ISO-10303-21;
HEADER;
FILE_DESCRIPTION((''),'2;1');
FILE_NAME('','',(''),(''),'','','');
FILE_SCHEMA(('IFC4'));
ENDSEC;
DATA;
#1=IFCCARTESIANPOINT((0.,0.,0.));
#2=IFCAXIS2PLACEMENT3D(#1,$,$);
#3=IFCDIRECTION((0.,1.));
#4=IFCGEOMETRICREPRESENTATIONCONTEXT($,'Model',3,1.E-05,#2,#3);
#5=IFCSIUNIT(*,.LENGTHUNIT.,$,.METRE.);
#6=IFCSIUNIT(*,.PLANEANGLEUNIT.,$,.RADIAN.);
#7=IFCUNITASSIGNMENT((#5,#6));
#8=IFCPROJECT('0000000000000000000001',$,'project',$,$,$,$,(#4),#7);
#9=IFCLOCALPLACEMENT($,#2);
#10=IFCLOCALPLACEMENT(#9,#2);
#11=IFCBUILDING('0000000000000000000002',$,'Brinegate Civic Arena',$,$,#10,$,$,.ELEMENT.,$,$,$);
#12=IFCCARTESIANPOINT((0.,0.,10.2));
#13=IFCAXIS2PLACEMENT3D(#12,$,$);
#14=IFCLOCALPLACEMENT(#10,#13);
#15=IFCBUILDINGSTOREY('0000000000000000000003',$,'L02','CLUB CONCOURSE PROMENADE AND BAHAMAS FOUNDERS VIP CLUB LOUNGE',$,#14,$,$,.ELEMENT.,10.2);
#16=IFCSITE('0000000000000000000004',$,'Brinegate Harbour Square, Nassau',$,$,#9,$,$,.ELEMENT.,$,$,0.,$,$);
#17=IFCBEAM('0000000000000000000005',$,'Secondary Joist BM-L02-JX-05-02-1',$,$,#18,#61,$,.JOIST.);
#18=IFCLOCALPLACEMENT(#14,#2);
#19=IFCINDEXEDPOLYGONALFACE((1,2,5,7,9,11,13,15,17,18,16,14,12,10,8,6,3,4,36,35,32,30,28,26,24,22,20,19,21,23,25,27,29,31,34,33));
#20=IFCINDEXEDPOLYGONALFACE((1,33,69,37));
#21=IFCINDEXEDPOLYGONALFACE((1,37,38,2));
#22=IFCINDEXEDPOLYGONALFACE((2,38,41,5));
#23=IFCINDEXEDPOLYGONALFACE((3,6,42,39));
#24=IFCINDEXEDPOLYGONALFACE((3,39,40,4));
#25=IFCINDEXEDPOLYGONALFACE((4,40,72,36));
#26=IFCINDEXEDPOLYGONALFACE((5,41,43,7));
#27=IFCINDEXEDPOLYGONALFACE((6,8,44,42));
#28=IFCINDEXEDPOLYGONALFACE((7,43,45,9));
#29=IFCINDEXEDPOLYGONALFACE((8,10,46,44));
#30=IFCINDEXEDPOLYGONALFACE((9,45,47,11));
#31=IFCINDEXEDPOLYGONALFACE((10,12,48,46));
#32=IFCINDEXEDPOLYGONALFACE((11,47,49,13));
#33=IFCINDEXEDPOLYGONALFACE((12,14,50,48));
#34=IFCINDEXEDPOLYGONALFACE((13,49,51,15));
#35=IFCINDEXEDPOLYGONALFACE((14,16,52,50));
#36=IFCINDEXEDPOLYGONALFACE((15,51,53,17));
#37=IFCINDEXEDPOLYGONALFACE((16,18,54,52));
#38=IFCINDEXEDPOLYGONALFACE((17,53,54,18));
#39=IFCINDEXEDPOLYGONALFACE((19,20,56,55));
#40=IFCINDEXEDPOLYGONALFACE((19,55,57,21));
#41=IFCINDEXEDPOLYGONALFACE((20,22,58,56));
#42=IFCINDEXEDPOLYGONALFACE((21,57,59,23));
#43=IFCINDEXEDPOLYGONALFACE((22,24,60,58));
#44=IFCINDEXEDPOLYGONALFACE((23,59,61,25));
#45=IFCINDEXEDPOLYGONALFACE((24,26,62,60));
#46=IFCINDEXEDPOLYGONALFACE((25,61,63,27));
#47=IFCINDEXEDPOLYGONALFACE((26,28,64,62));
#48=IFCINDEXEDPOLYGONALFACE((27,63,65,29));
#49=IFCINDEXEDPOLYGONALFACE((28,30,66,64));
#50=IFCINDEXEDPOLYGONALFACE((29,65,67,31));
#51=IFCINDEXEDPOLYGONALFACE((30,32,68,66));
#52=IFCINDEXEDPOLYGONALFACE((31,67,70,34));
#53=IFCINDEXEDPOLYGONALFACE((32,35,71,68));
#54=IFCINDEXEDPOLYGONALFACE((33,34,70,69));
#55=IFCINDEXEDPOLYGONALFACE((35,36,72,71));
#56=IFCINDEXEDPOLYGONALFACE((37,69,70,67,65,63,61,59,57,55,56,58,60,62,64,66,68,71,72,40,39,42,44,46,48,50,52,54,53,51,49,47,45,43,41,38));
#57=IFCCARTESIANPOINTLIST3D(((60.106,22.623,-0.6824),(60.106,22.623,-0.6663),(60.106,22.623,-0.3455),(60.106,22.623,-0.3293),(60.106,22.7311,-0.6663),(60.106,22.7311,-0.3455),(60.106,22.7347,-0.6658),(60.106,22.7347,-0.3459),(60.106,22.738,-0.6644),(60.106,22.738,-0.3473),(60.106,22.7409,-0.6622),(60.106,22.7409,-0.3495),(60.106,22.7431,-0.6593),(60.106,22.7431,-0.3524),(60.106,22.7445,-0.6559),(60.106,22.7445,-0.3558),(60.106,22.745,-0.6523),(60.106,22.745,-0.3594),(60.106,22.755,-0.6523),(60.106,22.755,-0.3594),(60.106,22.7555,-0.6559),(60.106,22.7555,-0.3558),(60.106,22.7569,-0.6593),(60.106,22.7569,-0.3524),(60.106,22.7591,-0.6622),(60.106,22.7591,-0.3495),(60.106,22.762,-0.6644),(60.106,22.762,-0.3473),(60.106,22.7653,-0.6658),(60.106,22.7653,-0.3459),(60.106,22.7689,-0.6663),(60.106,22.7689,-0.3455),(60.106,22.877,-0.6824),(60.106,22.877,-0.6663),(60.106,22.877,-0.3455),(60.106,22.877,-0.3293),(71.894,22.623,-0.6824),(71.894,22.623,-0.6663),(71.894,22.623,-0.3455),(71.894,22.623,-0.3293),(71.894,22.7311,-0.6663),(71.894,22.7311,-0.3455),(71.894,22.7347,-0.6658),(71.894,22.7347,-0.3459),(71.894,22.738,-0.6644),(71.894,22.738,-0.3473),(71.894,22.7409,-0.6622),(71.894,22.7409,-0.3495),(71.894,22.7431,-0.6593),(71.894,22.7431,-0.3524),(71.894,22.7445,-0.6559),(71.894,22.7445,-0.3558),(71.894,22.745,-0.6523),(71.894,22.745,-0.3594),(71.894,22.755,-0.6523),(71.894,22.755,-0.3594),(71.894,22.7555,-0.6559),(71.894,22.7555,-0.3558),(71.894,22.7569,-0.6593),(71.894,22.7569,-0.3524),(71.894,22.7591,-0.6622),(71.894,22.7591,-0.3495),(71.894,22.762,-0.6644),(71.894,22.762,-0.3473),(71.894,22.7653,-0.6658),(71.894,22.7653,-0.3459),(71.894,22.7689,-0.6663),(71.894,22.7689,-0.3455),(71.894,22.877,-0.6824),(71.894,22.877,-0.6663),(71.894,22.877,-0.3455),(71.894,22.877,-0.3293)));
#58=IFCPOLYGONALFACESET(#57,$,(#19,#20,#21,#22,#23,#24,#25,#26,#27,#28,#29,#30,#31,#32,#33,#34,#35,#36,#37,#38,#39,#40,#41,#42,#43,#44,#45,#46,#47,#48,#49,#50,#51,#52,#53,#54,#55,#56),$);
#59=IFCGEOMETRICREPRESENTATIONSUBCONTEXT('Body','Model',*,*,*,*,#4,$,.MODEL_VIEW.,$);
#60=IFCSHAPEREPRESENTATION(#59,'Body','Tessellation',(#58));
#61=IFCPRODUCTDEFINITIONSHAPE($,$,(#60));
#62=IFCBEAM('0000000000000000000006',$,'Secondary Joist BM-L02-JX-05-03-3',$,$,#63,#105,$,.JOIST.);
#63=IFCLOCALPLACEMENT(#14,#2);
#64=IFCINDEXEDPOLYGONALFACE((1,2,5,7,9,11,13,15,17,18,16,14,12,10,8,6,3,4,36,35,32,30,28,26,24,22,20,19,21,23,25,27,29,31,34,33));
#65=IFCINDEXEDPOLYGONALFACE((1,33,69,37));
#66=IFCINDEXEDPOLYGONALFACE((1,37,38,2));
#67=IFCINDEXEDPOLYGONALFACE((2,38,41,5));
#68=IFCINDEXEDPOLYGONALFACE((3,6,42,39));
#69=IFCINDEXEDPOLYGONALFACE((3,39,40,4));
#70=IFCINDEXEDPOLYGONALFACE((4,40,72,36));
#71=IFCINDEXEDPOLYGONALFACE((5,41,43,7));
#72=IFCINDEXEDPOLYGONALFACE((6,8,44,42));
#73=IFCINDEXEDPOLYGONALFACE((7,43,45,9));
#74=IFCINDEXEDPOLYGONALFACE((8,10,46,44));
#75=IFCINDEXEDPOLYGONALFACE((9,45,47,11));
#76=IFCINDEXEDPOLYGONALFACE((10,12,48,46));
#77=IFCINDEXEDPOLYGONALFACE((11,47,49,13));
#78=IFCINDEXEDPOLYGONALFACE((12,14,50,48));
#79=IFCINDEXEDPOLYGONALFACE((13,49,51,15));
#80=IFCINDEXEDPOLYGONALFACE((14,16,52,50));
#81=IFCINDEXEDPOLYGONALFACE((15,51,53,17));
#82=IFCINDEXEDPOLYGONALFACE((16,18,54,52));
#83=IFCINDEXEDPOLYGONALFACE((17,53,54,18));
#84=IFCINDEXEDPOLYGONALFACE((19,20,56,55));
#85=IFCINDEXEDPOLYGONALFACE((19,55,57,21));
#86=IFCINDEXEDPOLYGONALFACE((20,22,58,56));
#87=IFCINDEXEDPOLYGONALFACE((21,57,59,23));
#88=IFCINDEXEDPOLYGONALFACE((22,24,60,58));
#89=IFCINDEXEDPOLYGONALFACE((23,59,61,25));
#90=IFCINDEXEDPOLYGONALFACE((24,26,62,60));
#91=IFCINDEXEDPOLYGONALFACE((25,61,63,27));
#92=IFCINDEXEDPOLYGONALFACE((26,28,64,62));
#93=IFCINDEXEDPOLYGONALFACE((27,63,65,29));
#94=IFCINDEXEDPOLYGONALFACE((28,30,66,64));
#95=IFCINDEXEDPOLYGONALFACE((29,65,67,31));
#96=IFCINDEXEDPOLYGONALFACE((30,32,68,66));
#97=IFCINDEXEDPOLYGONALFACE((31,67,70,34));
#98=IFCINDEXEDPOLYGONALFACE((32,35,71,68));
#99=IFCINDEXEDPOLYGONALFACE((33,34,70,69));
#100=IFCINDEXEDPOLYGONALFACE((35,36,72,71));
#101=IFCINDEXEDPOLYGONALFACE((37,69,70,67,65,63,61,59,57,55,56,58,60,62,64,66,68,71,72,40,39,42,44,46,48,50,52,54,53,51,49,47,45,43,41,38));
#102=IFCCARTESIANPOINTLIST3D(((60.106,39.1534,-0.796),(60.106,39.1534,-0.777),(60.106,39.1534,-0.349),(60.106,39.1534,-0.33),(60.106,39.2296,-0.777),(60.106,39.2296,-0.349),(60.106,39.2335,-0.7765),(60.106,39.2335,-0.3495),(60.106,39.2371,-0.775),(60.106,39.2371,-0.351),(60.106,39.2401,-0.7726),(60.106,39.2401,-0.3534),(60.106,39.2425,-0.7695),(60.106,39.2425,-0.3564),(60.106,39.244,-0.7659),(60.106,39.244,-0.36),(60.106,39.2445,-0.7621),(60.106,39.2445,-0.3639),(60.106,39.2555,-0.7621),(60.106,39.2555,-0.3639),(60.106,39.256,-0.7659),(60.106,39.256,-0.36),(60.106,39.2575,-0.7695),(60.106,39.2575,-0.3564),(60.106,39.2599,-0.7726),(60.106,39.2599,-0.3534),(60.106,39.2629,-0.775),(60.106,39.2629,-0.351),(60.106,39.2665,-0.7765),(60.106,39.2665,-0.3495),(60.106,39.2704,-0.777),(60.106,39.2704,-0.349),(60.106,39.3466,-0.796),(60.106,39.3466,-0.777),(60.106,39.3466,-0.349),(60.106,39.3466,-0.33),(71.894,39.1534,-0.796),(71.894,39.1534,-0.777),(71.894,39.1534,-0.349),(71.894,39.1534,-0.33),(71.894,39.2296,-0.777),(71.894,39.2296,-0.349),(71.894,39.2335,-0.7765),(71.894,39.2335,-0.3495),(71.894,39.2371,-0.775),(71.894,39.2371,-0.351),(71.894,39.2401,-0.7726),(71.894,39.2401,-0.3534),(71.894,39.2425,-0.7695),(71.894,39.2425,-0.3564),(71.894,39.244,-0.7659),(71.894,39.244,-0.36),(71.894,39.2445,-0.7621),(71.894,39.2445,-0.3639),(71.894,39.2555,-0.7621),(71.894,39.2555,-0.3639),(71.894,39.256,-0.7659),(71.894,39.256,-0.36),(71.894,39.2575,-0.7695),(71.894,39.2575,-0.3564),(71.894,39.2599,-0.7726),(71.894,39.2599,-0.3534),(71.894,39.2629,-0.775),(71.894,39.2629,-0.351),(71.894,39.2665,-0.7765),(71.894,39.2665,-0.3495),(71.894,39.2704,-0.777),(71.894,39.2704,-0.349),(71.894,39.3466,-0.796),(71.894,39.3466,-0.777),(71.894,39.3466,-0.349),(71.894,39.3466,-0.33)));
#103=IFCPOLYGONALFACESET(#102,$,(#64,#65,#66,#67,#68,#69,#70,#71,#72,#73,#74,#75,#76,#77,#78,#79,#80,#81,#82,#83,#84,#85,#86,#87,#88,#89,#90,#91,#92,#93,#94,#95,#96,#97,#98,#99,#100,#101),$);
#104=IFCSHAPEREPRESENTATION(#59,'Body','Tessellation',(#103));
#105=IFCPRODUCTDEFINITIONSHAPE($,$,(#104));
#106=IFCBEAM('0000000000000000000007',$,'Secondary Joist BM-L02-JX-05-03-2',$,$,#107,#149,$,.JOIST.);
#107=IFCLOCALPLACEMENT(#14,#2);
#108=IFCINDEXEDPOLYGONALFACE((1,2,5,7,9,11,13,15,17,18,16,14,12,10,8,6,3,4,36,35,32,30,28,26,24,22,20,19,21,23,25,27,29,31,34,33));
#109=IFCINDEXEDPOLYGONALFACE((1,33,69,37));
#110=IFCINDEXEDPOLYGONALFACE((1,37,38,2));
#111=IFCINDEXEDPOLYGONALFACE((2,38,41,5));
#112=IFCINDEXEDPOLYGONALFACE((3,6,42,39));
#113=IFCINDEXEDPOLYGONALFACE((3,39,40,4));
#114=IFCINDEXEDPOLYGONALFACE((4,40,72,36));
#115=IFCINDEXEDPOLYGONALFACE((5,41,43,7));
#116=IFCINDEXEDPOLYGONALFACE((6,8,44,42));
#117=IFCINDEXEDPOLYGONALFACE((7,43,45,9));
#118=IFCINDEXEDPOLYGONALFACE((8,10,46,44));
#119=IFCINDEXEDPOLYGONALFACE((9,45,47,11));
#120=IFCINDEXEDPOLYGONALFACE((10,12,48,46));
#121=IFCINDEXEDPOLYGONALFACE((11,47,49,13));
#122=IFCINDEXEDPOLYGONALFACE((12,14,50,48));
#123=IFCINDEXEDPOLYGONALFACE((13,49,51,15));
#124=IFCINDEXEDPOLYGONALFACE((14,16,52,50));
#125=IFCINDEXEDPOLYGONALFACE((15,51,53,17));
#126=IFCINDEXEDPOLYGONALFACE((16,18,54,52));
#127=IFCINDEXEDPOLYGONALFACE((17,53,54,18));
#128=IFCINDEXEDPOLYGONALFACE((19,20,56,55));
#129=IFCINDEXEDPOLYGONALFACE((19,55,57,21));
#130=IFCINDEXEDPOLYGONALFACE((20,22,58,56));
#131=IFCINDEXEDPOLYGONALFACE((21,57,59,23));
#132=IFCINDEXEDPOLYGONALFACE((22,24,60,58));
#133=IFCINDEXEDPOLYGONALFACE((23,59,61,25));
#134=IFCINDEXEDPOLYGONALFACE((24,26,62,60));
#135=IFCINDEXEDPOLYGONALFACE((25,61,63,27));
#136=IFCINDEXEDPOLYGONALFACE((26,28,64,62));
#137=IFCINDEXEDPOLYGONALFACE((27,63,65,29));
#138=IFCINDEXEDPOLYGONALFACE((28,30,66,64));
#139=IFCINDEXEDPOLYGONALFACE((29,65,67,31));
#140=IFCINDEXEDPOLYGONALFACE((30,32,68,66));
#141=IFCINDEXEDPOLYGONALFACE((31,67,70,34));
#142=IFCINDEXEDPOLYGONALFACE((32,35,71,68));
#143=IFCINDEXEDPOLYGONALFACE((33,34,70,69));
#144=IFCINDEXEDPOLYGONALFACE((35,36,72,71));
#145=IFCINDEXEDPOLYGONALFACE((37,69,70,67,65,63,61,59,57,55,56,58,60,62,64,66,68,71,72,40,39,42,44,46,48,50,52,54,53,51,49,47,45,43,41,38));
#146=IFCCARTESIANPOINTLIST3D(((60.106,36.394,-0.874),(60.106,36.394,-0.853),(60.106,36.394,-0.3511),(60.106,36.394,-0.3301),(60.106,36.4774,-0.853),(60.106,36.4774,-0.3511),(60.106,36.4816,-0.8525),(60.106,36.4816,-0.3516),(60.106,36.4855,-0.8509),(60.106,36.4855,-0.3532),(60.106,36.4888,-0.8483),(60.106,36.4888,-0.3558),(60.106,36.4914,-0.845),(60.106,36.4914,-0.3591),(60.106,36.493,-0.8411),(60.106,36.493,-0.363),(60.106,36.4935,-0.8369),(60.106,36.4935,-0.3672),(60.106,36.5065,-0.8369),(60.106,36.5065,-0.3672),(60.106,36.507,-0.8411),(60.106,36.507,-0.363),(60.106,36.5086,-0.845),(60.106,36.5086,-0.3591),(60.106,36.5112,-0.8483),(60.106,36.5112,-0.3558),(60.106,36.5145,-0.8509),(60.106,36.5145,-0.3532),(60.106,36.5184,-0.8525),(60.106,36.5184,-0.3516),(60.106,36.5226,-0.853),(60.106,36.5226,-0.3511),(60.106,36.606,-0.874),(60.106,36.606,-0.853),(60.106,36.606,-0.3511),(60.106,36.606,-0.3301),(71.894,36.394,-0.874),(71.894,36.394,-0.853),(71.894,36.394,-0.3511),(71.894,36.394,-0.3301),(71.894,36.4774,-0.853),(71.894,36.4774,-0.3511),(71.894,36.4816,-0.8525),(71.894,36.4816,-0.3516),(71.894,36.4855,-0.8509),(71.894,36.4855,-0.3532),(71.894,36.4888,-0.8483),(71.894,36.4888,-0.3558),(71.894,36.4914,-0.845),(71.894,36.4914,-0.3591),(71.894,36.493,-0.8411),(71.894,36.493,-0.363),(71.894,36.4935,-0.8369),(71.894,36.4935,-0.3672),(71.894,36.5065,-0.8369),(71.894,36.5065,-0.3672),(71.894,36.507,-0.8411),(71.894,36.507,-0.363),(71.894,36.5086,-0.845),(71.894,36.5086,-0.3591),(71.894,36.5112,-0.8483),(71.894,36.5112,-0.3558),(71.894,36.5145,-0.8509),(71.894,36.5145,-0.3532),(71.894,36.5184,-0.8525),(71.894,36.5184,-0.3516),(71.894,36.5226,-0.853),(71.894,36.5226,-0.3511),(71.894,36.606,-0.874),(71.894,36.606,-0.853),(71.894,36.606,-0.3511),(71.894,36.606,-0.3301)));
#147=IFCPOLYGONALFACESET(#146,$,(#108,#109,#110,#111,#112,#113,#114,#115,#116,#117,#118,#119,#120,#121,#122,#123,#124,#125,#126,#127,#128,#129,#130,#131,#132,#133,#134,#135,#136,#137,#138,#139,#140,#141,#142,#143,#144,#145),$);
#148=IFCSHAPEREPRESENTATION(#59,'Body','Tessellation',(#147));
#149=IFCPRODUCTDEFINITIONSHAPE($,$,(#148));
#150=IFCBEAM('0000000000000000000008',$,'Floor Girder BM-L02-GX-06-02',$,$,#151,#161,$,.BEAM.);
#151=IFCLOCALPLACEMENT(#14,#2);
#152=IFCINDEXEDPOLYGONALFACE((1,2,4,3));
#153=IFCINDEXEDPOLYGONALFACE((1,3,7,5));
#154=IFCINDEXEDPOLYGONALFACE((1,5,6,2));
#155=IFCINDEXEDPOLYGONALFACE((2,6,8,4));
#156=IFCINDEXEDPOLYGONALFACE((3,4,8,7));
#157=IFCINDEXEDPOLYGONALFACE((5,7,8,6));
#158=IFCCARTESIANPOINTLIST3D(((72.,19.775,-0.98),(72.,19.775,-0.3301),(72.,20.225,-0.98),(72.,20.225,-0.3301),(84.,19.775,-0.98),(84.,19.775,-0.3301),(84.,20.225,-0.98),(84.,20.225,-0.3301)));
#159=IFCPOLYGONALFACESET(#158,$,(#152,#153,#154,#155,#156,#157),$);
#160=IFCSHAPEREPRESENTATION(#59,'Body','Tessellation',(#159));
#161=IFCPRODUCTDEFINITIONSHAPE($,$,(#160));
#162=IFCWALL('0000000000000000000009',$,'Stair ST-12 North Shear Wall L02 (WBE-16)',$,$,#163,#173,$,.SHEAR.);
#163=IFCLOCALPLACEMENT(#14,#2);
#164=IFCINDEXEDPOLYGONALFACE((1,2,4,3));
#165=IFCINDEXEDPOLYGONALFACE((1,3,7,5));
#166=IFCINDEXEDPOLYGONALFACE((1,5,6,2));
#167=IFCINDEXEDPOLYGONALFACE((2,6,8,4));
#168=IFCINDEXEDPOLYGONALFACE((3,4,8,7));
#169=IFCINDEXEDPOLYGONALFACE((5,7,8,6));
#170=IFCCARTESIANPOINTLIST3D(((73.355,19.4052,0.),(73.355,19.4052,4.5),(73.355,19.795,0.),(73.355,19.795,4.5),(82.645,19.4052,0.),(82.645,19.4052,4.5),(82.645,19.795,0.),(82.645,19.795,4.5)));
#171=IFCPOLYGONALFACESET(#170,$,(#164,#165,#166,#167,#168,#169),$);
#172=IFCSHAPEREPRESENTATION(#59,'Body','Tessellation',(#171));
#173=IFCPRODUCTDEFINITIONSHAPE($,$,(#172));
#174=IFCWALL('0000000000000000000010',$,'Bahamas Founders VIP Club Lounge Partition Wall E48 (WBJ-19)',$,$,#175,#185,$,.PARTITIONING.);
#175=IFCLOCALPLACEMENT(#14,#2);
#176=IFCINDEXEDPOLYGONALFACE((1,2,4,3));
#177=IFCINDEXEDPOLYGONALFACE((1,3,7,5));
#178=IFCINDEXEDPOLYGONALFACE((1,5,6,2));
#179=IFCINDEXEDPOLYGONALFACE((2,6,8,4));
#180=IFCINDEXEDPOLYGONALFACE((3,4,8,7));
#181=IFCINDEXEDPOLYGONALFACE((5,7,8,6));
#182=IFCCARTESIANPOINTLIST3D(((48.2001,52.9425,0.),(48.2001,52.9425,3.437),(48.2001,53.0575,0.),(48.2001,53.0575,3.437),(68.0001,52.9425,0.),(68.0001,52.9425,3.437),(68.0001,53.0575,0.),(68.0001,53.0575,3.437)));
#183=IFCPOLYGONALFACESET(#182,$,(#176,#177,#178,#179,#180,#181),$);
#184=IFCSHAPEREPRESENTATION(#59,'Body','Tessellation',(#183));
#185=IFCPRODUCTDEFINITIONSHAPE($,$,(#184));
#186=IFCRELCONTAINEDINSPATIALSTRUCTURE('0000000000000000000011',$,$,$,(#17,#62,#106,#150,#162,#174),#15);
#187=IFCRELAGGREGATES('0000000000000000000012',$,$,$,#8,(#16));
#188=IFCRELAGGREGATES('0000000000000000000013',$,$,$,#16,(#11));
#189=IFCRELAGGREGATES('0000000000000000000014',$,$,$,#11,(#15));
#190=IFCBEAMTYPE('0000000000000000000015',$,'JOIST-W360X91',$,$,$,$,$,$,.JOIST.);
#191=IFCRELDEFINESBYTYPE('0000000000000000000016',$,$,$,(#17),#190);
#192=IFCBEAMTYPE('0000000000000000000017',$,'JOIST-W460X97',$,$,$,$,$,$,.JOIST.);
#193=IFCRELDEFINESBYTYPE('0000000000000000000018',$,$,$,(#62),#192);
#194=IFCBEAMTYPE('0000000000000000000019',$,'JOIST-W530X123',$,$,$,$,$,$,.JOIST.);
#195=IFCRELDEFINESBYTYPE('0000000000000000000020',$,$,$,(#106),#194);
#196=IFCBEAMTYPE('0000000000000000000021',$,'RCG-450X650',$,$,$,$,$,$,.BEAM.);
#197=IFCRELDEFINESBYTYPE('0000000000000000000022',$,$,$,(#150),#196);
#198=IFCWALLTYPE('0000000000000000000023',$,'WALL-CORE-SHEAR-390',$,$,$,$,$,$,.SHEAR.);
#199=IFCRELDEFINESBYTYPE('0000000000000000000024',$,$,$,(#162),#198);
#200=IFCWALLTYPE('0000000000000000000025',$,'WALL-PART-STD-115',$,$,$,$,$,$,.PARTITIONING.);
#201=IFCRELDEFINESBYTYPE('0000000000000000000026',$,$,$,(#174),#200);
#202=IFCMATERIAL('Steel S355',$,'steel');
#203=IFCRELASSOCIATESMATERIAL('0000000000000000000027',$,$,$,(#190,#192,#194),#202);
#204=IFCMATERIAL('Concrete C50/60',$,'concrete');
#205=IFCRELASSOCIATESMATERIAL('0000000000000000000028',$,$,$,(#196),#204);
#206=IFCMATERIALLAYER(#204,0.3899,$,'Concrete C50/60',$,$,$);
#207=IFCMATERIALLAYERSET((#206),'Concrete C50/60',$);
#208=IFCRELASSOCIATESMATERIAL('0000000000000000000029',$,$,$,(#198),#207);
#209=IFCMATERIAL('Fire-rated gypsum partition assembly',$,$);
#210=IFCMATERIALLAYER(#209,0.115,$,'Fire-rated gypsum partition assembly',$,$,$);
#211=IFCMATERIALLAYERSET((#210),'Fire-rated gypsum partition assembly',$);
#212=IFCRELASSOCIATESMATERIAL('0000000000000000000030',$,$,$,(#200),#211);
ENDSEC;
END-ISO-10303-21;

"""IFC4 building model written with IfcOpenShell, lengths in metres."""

from ifc_helpers import new_model, si_unit, direction, frame, frame_2d, origin, origin_2d, place, context, subcontext, project, spatial, rectangle, i_section, extrude, material, layer, layer_set, material_profile, profile_set, type_object, element, save


model = new_model("IFC4")

# Units and contexts
model_context = context("Model", 3, precision=1e-05, world=origin(), true_north=direction((0.0, 1.0)))
body_context = subcontext(model_context, "Body", "Model", "MODEL_VIEW")
ifc_project = project(units=[si_unit("LENGTHUNIT", "METRE"), si_unit("PLANEANGLEUNIT", "RADIAN")], contexts=[model_context])

# Site, building, storey
site_placement = place(None, origin())
site = spatial("IfcSite", under=ifc_project, at=site_placement, Name="Brinegate Harbour Square, Nassau", CompositionType="ELEMENT", RefElevation=0.0)
building_placement = place(site_placement, origin())
building = spatial("IfcBuilding", under=site, at=building_placement, Name="Brinegate Civic Arena", CompositionType="ELEMENT")
storey_placement = place(building_placement, frame((0.0, 0.0, 10.2)))
storey = spatial("IfcBuildingStorey", under=building, at=storey_placement, Name="L02", Description="CLUB CONCOURSE PROMENADE AND BAHAMAS FOUNDERS VIP CLUB LOUNGE", CompositionType="ELEMENT", Elevation=10.2)

# Shared definitions
ifc_material_1 = material(Name="Concrete C50/60", Category="concrete")

# Beams
ifc_material_2 = material(Name="Steel S355", Category="steel")
ifc_material_profile_1 = material_profile(ifc_material_2, i_section(OverallWidth=0.2539, OverallDepth=0.353, WebThickness=0.01, FlangeThickness=0.0161, FilletRadius=0.0139, at=origin_2d()), Name="W360X91")
ifc_profile_set_1 = profile_set([ifc_material_profile_1], Name="Steel S355")
beam_type_1 = type_object("IfcBeamType", Name="JOIST-W360X91", PredefinedType="JOIST", material=ifc_profile_set_1)
beam_1_placement = place(storey_placement, frame((60.106, 22.75, -0.5059), z_axis=(1.0, 0.0, 0.0), x_axis=(0.0, 1.0, 0.0)))
element("IfcBeam", 1, at=beam_1_placement, inside=storey, type_object=beam_type_1, Name="Secondary Joist BM-L02-JX-05-02-1", PredefinedType="JOIST", context=body_context, shape_type="SweptSolid", body=[
    extrude(i_section(OverallWidth=0.2539, OverallDepth=0.353, WebThickness=0.01, FlangeThickness=0.0161, FilletRadius=0.0139, at=origin_2d()), origin(), (0.0, 0.0, 1.0), 11.7881),
])
ifc_material_profile_2 = material_profile(ifc_material_2, i_section(OverallWidth=0.1931, OverallDepth=0.4661, WebThickness=0.011, FlangeThickness=0.019, FilletRadius=0.0149, at=origin_2d()), Name="W460X97")
ifc_profile_set_2 = profile_set([ifc_material_profile_2], Name="Steel S355")
beam_type_2 = type_object("IfcBeamType", Name="JOIST-W460X97", PredefinedType="JOIST", material=ifc_profile_set_2)
beam_2_placement = place(storey_placement, frame((60.106, 39.25, -0.563), z_axis=(1.0, 0.0, 0.0), x_axis=(0.0, 1.0, 0.0)))
element("IfcBeam", 2, at=beam_2_placement, inside=storey, type_object=beam_type_2, Name="Secondary Joist BM-L02-JX-05-03-3", PredefinedType="JOIST", context=body_context, shape_type="SweptSolid", body=[
    extrude(i_section(OverallWidth=0.1931, OverallDepth=0.4661, WebThickness=0.011, FlangeThickness=0.019, FilletRadius=0.0149, at=origin_2d()), origin(), (0.0, 0.0, 1.0), 11.7881),
])
ifc_material_profile_3 = material_profile(ifc_material_2, i_section(OverallWidth=0.2119, OverallDepth=0.5439, WebThickness=0.0129, FlangeThickness=0.021, FilletRadius=0.0161, at=origin_2d()), Name="W530X123")
ifc_profile_set_3 = profile_set([ifc_material_profile_3], Name="Steel S355")
beam_type_3 = type_object("IfcBeamType", Name="JOIST-W530X123", PredefinedType="JOIST", material=ifc_profile_set_3)
beam_3_placement = place(storey_placement, frame((60.106, 36.5, -0.6021), z_axis=(1.0, 0.0, 0.0), x_axis=(0.0, 1.0, 0.0)))
element("IfcBeam", 3, at=beam_3_placement, inside=storey, type_object=beam_type_3, Name="Secondary Joist BM-L02-JX-05-03-2", PredefinedType="JOIST", context=body_context, shape_type="SweptSolid", body=[
    extrude(i_section(OverallWidth=0.2119, OverallDepth=0.5439, WebThickness=0.0129, FlangeThickness=0.021, FilletRadius=0.0161, at=origin_2d()), origin(), (0.0, 0.0, 1.0), 11.7881),
])
ifc_material_profile_4 = material_profile(ifc_material_1, rectangle(XDim=0.45, YDim=0.6499, at=origin_2d()), Name="RCB450X650")
ifc_profile_set_4 = profile_set([ifc_material_profile_4], Name="Concrete C50/60")
beam_type_4 = type_object("IfcBeamType", Name="RCG-450X650", PredefinedType="BEAM", material=ifc_profile_set_4)
beam_4_placement = place(storey_placement, frame((72.0, 20.0, -0.655), z_axis=(1.0, 0.0, 0.0), x_axis=(0.0, 1.0, 0.0)))
element("IfcBeam", 4, at=beam_4_placement, inside=storey, type_object=beam_type_4, Name="Floor Girder BM-L02-GX-06-02", PredefinedType="BEAM", context=body_context, shape_type="SweptSolid", body=[
    extrude(rectangle(XDim=0.45, YDim=0.6499, at=origin_2d()), origin(), (0.0, 0.0, 1.0), 12.0),
])

# Walls
ifc_layer_1 = layer(ifc_material_1, 0.3899, Name="Concrete C50/60")
ifc_layer_set_1 = layer_set([ifc_layer_1], Name="Concrete C50/60")
wall_type_1 = type_object("IfcWallType", Name="WALL-CORE-SHEAR-390", PredefinedType="SHEAR", material=ifc_layer_set_1)
wall_1_placement = place(storey_placement, frame((73.355, 19.6001, 0.0), z_axis=(0.0, 0.0, 1.0), x_axis=(1.0, 0.0, 0.0)))
element("IfcWall", 5, at=wall_1_placement, inside=storey, type_object=wall_type_1, Name="Stair ST-12 North Shear Wall L02 (WBE-16)", PredefinedType="SHEAR", context=body_context, shape_type="SweptSolid", body=[
    extrude(rectangle(XDim=9.29, YDim=0.3899, at=frame_2d((4.645, 0.0))), origin(), (0.0, 0.0, 1.0), 4.5),
])
ifc_material_3 = material(Name="Fire-rated gypsum partition assembly")
ifc_layer_2 = layer(ifc_material_3, 0.115, Name="Fire-rated gypsum partition assembly")
ifc_layer_set_2 = layer_set([ifc_layer_2], Name="Fire-rated gypsum partition assembly")
wall_type_2 = type_object("IfcWallType", Name="WALL-PART-STD-115", PredefinedType="PARTITIONING", material=ifc_layer_set_2)
wall_2_placement = place(storey_placement, frame((68.0, 53.0, 0.0), z_axis=(0.0, 0.0, 1.0), x_axis=(-1.0, 0.0, 0.0)))
element("IfcWall", 6, at=wall_2_placement, inside=storey, type_object=wall_type_2, Name="Bahamas Founders VIP Club Lounge Partition Wall E48 (WBJ-19)", PredefinedType="PARTITIONING", context=body_context, shape_type="SweptSolid", body=[
    extrude(rectangle(XDim=19.8, YDim=0.115, at=frame_2d((9.8999, 0.0))), origin(), (0.0, 0.0, 1.0), 3.437),
])

save(model, "model.ifc")
